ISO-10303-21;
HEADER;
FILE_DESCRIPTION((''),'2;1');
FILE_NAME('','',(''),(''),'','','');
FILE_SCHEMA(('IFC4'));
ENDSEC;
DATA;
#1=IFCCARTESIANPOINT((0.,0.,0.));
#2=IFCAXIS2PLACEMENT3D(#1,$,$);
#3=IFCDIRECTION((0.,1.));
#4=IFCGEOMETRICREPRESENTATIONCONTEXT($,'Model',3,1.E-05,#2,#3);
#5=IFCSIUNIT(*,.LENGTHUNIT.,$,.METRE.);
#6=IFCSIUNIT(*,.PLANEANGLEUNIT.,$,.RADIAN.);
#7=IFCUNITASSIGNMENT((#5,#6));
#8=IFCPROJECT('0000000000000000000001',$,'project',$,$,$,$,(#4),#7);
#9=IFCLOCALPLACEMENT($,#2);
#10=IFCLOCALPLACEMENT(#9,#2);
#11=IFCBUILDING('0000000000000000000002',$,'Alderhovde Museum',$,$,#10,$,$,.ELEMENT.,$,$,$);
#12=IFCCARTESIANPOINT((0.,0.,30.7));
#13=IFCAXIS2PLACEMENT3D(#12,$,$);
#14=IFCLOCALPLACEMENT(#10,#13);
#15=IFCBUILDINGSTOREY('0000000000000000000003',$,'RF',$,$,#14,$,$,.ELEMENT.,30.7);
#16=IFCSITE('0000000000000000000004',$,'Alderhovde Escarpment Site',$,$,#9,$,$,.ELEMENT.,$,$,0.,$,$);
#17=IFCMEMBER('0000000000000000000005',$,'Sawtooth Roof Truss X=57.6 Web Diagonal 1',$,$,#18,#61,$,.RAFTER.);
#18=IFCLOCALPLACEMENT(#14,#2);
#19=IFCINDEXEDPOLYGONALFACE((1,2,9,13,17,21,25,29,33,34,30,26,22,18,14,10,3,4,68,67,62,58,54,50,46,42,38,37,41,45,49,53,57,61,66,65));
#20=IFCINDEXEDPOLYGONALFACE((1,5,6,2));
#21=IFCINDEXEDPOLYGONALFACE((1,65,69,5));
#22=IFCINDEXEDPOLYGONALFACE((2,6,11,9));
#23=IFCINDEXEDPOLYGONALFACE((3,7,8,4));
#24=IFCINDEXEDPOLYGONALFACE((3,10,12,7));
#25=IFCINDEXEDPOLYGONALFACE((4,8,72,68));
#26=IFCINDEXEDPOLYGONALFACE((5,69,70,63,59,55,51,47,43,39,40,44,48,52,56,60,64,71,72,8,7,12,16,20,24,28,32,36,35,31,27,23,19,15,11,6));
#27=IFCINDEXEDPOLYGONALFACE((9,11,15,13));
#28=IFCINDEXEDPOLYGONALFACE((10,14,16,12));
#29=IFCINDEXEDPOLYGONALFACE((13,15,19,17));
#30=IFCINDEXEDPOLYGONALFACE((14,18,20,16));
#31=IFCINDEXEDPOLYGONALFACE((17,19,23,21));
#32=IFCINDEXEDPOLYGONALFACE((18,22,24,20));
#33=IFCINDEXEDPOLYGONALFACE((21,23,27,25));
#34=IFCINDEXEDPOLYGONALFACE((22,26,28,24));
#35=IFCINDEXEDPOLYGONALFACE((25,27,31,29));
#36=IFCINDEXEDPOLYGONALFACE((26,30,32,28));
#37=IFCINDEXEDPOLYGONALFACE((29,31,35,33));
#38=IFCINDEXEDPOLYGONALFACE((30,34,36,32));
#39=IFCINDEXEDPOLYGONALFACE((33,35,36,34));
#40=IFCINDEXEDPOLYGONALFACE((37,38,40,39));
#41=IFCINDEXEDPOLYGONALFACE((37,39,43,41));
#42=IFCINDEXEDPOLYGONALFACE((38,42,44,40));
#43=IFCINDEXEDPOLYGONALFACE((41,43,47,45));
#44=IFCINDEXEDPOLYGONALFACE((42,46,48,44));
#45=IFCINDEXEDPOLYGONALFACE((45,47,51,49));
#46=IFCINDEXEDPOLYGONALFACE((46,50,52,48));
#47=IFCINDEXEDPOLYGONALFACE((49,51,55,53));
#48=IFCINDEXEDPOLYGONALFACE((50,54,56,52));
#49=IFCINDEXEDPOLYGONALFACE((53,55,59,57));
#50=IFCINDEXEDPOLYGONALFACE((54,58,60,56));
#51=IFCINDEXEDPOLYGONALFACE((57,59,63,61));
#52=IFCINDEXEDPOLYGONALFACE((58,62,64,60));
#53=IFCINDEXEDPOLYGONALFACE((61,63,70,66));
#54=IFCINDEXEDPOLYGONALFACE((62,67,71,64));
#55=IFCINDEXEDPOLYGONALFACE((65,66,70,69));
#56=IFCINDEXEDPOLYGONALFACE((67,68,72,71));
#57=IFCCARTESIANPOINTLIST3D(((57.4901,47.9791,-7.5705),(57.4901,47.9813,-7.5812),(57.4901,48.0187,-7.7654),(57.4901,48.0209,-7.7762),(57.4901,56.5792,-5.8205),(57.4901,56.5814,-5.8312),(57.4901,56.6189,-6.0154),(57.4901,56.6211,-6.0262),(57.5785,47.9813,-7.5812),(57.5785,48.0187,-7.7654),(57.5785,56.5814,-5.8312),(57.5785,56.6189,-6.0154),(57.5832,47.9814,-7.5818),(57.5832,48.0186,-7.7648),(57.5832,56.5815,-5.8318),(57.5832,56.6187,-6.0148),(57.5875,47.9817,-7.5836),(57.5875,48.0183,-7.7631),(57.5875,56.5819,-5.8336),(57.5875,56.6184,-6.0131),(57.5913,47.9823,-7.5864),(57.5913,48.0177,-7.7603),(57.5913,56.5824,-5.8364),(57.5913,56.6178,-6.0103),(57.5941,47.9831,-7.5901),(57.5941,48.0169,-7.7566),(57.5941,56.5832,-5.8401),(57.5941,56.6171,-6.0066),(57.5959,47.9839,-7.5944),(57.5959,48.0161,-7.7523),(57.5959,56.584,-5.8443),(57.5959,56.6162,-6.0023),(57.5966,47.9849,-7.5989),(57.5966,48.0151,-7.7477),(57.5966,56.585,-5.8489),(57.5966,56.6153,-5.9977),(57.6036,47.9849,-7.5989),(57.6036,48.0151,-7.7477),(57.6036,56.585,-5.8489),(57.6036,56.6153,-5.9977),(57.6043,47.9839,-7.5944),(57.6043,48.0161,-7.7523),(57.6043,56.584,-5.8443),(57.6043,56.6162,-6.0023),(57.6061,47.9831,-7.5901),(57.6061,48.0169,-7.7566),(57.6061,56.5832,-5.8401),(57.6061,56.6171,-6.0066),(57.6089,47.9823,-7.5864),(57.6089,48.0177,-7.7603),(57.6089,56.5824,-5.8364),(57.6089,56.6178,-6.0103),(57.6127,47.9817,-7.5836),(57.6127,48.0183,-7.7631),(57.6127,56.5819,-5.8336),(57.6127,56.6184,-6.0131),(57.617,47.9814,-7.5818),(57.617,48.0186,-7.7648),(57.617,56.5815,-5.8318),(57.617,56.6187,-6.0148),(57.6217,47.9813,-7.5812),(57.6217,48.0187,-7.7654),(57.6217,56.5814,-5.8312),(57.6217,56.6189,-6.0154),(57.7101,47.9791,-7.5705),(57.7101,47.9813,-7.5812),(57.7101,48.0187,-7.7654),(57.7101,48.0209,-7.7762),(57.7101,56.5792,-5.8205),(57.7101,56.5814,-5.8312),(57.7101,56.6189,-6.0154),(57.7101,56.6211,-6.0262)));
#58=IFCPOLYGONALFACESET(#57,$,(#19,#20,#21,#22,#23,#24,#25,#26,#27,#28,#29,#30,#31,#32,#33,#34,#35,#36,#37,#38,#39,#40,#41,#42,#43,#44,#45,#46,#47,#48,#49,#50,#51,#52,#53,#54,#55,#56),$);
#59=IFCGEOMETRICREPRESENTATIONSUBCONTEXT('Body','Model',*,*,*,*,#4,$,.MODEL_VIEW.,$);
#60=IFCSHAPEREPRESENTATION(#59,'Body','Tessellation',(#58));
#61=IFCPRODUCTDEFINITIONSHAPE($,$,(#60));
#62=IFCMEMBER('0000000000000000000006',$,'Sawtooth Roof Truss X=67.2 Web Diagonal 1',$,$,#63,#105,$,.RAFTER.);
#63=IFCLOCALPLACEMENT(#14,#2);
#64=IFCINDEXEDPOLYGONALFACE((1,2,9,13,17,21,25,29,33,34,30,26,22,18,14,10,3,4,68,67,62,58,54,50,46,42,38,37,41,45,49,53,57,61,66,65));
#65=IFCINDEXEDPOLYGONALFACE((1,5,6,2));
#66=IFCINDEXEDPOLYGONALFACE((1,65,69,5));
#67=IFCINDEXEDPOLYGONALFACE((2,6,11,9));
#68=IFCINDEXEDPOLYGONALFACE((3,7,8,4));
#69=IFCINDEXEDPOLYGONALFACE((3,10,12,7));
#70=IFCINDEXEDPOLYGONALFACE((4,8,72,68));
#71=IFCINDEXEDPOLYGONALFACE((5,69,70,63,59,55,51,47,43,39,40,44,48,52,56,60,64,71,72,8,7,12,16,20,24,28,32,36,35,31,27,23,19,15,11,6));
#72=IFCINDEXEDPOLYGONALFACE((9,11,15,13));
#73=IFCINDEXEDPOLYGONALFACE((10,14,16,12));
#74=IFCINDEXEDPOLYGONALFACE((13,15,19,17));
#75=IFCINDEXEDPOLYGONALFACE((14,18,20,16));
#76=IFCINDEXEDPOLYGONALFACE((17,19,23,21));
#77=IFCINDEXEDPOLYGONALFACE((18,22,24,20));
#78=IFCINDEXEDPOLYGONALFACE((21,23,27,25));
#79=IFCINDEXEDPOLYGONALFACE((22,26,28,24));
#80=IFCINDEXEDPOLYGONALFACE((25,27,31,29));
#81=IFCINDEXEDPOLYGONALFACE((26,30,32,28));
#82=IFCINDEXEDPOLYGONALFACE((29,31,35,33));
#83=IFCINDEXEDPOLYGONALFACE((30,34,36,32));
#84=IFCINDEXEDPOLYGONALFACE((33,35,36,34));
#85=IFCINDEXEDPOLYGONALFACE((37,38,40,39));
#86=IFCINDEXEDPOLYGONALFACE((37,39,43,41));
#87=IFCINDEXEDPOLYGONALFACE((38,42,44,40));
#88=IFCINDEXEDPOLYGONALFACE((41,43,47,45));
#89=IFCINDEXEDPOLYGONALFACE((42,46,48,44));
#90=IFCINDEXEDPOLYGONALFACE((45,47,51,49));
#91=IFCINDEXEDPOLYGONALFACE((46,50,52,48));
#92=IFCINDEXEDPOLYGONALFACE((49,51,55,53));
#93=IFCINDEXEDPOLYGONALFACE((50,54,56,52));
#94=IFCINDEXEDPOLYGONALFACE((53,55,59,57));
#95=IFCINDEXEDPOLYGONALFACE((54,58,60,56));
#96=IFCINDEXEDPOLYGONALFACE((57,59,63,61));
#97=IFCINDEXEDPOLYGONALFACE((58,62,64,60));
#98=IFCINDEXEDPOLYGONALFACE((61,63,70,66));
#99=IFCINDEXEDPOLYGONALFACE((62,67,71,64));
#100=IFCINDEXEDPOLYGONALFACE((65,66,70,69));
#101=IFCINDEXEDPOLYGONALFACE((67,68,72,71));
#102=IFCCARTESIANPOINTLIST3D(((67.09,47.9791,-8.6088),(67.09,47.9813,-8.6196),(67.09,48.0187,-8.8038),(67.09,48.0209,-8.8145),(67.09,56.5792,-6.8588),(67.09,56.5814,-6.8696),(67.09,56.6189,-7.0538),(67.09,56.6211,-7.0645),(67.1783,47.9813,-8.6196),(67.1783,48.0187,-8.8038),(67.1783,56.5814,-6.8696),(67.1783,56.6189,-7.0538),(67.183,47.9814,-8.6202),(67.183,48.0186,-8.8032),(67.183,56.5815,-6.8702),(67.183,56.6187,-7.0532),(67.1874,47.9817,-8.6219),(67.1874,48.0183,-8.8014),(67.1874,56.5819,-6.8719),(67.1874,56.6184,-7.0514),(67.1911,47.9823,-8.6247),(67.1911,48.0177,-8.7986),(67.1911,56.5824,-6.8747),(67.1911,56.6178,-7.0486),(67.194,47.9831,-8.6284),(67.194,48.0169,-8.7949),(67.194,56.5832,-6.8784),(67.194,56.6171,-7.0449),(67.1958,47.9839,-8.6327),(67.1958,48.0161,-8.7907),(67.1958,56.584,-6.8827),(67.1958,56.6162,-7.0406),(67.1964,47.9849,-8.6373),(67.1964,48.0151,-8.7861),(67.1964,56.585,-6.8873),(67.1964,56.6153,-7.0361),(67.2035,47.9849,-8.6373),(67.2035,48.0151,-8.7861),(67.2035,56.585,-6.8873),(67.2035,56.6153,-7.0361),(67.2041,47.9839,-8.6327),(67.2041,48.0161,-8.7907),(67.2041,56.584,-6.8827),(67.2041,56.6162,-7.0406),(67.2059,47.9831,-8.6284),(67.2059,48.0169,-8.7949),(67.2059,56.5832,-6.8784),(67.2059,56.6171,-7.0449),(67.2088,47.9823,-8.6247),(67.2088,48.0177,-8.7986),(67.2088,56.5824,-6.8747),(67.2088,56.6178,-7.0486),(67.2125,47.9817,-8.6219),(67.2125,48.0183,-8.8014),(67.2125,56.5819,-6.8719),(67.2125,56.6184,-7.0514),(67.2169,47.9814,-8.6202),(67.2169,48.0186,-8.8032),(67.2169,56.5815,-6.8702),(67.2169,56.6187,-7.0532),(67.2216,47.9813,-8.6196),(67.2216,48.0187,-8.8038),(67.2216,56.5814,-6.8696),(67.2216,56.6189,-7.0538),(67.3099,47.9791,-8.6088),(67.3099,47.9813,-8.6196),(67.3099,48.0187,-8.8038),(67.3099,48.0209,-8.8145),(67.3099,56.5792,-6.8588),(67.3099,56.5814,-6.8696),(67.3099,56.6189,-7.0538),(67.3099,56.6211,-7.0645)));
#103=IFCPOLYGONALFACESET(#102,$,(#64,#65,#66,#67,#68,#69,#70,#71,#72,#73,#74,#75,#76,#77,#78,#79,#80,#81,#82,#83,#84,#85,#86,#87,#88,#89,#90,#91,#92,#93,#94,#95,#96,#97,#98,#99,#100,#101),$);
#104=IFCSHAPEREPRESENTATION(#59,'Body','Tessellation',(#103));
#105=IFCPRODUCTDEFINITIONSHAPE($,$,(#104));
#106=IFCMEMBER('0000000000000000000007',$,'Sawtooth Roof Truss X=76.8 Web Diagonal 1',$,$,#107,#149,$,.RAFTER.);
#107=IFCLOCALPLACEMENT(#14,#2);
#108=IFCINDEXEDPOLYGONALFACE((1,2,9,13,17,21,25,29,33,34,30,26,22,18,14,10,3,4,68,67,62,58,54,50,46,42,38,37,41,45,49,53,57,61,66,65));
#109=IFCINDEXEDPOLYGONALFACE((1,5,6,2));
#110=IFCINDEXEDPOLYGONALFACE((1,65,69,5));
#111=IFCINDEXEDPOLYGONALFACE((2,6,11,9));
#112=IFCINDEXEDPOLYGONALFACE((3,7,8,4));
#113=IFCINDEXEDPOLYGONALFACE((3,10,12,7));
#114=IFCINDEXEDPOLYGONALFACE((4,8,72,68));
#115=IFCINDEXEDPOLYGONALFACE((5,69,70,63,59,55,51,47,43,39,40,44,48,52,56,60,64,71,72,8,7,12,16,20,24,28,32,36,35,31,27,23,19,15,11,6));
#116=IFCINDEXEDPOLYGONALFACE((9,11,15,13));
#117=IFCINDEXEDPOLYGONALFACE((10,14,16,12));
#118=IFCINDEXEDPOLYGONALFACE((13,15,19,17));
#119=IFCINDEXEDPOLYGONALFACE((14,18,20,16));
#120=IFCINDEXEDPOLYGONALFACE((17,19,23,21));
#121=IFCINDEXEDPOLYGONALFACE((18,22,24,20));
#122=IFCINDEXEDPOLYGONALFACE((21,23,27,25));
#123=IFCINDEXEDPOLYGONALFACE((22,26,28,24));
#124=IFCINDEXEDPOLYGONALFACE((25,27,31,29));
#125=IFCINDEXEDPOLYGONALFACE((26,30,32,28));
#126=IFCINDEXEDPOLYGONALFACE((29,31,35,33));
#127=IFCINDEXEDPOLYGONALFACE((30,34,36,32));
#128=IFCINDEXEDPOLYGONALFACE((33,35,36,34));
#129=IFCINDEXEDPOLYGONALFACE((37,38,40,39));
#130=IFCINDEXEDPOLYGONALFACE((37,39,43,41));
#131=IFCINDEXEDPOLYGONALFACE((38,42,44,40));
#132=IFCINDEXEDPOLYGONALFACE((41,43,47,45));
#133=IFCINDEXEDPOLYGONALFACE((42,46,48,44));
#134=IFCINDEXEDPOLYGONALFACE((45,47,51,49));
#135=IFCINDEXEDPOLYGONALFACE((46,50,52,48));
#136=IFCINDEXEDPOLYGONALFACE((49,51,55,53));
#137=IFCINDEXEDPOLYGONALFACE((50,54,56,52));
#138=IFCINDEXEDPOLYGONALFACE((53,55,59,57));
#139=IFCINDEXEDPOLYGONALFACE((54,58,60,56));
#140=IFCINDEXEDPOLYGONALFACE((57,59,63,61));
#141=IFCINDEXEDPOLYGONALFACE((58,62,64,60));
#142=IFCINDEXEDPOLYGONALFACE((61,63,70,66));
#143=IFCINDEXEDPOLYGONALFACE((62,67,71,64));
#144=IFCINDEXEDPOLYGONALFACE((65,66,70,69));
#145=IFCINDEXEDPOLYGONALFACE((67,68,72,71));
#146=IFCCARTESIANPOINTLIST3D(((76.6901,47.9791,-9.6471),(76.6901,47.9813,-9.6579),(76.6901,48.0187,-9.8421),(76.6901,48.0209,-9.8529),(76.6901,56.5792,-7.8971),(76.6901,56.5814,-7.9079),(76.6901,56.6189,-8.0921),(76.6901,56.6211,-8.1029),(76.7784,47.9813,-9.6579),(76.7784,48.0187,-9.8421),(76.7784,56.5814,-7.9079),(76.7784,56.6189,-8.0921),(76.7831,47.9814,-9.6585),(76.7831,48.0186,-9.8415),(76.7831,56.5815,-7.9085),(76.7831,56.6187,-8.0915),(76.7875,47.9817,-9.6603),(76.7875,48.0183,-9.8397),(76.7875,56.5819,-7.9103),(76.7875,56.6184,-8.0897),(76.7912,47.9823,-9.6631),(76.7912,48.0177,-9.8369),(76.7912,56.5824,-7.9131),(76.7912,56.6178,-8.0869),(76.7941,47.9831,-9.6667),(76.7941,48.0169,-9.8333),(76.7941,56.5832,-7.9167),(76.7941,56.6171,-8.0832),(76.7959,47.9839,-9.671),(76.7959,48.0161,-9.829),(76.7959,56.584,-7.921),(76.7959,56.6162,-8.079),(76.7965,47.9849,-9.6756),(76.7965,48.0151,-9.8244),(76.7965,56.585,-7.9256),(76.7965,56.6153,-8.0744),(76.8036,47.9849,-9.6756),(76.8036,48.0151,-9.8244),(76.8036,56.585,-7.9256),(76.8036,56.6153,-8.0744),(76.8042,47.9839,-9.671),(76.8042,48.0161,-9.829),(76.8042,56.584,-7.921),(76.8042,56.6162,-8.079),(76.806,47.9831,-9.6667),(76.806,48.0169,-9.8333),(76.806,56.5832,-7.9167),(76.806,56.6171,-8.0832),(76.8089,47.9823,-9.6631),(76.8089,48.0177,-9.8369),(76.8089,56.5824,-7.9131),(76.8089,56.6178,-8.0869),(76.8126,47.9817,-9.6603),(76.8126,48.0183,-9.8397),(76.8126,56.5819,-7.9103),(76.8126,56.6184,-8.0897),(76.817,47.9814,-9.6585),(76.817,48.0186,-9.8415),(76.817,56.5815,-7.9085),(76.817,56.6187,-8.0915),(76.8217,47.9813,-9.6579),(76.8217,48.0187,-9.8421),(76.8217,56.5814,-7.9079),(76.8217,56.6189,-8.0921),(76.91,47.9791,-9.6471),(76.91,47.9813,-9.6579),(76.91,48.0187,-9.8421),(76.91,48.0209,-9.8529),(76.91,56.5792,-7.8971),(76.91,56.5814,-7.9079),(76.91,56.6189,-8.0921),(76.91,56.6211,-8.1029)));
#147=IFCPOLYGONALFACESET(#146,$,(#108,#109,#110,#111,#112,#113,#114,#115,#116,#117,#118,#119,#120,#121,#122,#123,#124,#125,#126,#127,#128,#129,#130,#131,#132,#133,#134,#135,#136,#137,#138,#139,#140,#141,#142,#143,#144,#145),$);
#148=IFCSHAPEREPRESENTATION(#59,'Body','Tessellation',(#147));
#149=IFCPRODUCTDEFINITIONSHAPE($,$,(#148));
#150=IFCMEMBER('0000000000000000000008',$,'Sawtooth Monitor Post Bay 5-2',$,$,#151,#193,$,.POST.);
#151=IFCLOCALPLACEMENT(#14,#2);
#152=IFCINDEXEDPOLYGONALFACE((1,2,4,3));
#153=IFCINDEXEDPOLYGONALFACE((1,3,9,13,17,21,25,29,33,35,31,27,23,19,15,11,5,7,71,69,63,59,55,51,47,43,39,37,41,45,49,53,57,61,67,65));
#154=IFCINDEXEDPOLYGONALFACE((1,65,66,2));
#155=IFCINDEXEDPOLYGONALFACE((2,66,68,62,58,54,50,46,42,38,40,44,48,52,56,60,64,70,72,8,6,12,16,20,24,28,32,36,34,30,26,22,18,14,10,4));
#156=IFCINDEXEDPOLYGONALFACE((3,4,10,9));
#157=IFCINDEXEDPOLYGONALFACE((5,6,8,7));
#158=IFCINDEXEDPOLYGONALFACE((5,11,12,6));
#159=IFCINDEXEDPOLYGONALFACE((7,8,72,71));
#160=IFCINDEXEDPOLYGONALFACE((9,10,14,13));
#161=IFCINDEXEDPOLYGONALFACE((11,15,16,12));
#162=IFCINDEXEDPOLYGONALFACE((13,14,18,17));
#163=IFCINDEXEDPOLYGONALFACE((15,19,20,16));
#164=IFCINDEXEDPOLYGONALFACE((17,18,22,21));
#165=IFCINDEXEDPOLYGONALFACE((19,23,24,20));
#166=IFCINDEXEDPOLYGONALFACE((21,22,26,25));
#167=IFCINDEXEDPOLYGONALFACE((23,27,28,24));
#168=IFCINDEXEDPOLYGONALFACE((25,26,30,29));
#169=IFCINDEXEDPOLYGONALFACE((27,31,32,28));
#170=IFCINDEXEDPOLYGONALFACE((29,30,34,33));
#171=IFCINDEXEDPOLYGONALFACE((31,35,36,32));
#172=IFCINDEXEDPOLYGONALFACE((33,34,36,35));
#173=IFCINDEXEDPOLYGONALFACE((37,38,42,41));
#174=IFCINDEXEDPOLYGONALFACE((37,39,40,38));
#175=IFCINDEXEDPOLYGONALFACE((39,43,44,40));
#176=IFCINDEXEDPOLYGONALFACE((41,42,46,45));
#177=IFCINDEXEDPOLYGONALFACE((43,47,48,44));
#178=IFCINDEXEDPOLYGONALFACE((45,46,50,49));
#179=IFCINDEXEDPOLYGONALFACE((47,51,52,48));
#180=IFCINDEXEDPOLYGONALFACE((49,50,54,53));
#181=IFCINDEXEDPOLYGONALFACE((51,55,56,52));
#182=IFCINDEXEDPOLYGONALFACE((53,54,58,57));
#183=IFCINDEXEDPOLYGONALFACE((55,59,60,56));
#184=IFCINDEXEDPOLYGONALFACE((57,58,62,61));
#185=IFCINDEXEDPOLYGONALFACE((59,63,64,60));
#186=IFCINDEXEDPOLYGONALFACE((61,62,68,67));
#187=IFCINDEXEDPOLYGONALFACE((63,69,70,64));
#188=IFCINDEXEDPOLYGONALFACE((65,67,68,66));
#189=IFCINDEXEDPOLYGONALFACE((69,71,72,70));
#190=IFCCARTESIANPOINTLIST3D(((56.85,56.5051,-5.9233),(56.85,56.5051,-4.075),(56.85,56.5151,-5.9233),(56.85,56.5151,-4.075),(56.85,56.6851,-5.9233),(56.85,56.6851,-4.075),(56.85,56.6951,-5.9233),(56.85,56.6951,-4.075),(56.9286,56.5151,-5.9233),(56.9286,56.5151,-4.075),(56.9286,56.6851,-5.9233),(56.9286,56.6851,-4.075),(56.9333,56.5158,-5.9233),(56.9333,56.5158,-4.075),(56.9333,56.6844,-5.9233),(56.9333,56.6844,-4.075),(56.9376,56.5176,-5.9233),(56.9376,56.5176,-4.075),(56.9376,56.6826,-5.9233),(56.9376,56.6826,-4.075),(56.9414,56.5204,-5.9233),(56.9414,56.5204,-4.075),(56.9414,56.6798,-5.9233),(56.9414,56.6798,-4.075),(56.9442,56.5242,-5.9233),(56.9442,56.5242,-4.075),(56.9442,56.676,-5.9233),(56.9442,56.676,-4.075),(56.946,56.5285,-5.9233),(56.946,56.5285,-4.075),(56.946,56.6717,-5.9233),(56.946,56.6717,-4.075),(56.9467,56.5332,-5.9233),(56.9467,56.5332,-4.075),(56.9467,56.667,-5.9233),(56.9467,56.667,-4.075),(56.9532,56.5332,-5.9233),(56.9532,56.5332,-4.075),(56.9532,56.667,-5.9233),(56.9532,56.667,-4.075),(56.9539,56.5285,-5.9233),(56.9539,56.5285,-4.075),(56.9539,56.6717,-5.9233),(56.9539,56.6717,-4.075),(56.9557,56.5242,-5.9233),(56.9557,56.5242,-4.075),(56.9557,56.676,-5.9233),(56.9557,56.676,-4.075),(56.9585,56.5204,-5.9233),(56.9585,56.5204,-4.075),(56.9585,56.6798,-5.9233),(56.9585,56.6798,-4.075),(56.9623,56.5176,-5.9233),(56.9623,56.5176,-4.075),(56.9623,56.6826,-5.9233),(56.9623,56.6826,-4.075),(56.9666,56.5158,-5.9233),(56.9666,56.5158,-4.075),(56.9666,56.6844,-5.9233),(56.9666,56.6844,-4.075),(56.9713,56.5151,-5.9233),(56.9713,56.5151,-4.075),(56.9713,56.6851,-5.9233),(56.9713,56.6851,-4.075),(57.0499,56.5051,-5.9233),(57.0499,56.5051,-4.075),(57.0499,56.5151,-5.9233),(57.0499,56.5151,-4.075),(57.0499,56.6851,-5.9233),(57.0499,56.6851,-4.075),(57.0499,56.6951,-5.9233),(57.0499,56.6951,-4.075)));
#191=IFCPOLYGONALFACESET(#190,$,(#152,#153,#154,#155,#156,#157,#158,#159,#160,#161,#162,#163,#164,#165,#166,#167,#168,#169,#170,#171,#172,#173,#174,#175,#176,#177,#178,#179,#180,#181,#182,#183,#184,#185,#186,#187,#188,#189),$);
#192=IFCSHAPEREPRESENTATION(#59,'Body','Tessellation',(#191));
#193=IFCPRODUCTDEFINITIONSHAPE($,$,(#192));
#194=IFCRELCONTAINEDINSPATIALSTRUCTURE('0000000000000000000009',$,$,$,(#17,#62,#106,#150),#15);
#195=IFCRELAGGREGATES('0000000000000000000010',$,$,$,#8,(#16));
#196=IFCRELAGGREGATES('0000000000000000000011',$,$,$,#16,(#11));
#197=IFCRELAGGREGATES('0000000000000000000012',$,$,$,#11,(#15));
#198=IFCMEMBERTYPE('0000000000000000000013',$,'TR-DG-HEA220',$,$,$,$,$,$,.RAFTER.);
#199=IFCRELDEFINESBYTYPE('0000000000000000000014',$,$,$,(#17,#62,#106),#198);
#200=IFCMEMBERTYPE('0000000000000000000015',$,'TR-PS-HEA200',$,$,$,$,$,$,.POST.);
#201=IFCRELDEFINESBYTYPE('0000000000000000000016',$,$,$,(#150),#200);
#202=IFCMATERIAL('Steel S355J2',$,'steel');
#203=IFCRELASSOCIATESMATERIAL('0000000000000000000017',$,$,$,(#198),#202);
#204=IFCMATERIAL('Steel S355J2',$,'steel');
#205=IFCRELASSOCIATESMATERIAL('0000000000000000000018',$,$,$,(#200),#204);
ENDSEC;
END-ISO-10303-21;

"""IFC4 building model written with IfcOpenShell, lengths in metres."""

from ifc_helpers import new_model, si_unit, direction, frame, origin, origin_2d, place, context, subcontext, project, spatial, i_section, extrude, material, material_profile, profile_set, type_object, element, save


model = new_model("IFC4")

# Units and contexts
model_context = context("Model", 3, precision=1e-05, world=origin(), true_north=direction((0.0, 1.0)))
body_context = subcontext(model_context, "Body", "Model", "MODEL_VIEW")
ifc_project = project(units=[si_unit("LENGTHUNIT", "METRE"), si_unit("PLANEANGLEUNIT", "RADIAN")], contexts=[model_context])

# Site, building, storey
site_placement = place(None, origin())
site = spatial("IfcSite", under=ifc_project, at=site_placement, Name="Alderhovde Escarpment Site", CompositionType="ELEMENT", RefElevation=0.0)
building_placement = place(site_placement, origin())
building = spatial("IfcBuilding", under=site, at=building_placement, Name="Alderhovde Museum", CompositionType="ELEMENT")
storey_placement = place(building_placement, frame((0.0, 0.0, 30.7)))
storey = spatial("IfcBuildingStorey", under=building, at=storey_placement, Name="RF", CompositionType="ELEMENT", Elevation=30.7)

# Members
ifc_material_1 = material(Name="Steel S355J2", Category="steel")
ifc_material_profile_1 = material_profile(ifc_material_1, i_section(OverallWidth=0.22, OverallDepth=0.21, WebThickness=0.0071, FlangeThickness=0.011, FilletRadius=0.0181, at=origin_2d()), Name="HEA 220")
ifc_profile_set_1 = profile_set([ifc_material_profile_1], Name="Steel S355J2")
member_type_1 = type_object("IfcMemberType", Name="TR-DG-HEA220", PredefinedType="RAFTER", material=ifc_profile_set_1)
for number, where, z_axis, x_axis, name in (
    (1, (57.6001, 48.0, -7.6733), (0.0, 0.979918, 0.1994), (-1.0, 0.0, 0.0), "Sawtooth Roof Truss X=57.6 Web Diagonal 1"),
    (2, (67.2, 48.0, -8.7117), (0.0, 0.979918, 0.1994), (-1.0, 0.0, 0.0), "Sawtooth Roof Truss X=67.2 Web Diagonal 1"),
    (3, (76.8, 48.0, -9.75), (0.0, 0.979918, 0.1994), (-1.0, 0.0, 0.0), "Sawtooth Roof Truss X=76.8 Web Diagonal 1"),
):
    element("IfcMember", number, at=place(storey_placement, frame(where, z_axis=z_axis, x_axis=x_axis)), inside=storey, type_object=member_type_1, Name=name, PredefinedType="RAFTER", context=body_context, shape_type="SweptSolid", body=[
        extrude(i_section(OverallWidth=0.22, OverallDepth=0.21, WebThickness=0.0071, FlangeThickness=0.011, FilletRadius=0.0181, at=origin_2d()), origin(), (0.0, 0.0, 1.0), 8.7764),
    ])
ifc_material_2 = material(Name="Steel S355J2", Category="steel")
ifc_material_profile_2 = material_profile(ifc_material_2, i_section(OverallWidth=0.2, OverallDepth=0.1899, WebThickness=0.0066, FlangeThickness=0.01, FilletRadius=0.0181, at=origin_2d()), Name="HEA 200")
ifc_profile_set_2 = profile_set([ifc_material_profile_2], Name="Steel S355J2")
member_type_2 = type_object("IfcMemberType", Name="TR-PS-HEA200", PredefinedType="POST", material=ifc_profile_set_2)
for number, where, z_axis, x_axis, name in (
    (4, (56.95, 56.6001, -5.9233), (0.0, 0.0, 1.0), (1.0, 0.0, 0.0), "Sawtooth Monitor Post Bay 5-2"),
):
    element("IfcMember", number, at=place(storey_placement, frame(where, z_axis=z_axis, x_axis=x_axis)), inside=storey, type_object=member_type_2, Name=name, PredefinedType="POST", context=body_context, shape_type="SweptSolid", body=[
        extrude(i_section(OverallWidth=0.2, OverallDepth=0.1899, WebThickness=0.0066, FlangeThickness=0.01, FilletRadius=0.0181, at=origin_2d()), origin(), (0.0, 0.0, 1.0), 1.8484),
    ])

save(model, "model.ifc")
